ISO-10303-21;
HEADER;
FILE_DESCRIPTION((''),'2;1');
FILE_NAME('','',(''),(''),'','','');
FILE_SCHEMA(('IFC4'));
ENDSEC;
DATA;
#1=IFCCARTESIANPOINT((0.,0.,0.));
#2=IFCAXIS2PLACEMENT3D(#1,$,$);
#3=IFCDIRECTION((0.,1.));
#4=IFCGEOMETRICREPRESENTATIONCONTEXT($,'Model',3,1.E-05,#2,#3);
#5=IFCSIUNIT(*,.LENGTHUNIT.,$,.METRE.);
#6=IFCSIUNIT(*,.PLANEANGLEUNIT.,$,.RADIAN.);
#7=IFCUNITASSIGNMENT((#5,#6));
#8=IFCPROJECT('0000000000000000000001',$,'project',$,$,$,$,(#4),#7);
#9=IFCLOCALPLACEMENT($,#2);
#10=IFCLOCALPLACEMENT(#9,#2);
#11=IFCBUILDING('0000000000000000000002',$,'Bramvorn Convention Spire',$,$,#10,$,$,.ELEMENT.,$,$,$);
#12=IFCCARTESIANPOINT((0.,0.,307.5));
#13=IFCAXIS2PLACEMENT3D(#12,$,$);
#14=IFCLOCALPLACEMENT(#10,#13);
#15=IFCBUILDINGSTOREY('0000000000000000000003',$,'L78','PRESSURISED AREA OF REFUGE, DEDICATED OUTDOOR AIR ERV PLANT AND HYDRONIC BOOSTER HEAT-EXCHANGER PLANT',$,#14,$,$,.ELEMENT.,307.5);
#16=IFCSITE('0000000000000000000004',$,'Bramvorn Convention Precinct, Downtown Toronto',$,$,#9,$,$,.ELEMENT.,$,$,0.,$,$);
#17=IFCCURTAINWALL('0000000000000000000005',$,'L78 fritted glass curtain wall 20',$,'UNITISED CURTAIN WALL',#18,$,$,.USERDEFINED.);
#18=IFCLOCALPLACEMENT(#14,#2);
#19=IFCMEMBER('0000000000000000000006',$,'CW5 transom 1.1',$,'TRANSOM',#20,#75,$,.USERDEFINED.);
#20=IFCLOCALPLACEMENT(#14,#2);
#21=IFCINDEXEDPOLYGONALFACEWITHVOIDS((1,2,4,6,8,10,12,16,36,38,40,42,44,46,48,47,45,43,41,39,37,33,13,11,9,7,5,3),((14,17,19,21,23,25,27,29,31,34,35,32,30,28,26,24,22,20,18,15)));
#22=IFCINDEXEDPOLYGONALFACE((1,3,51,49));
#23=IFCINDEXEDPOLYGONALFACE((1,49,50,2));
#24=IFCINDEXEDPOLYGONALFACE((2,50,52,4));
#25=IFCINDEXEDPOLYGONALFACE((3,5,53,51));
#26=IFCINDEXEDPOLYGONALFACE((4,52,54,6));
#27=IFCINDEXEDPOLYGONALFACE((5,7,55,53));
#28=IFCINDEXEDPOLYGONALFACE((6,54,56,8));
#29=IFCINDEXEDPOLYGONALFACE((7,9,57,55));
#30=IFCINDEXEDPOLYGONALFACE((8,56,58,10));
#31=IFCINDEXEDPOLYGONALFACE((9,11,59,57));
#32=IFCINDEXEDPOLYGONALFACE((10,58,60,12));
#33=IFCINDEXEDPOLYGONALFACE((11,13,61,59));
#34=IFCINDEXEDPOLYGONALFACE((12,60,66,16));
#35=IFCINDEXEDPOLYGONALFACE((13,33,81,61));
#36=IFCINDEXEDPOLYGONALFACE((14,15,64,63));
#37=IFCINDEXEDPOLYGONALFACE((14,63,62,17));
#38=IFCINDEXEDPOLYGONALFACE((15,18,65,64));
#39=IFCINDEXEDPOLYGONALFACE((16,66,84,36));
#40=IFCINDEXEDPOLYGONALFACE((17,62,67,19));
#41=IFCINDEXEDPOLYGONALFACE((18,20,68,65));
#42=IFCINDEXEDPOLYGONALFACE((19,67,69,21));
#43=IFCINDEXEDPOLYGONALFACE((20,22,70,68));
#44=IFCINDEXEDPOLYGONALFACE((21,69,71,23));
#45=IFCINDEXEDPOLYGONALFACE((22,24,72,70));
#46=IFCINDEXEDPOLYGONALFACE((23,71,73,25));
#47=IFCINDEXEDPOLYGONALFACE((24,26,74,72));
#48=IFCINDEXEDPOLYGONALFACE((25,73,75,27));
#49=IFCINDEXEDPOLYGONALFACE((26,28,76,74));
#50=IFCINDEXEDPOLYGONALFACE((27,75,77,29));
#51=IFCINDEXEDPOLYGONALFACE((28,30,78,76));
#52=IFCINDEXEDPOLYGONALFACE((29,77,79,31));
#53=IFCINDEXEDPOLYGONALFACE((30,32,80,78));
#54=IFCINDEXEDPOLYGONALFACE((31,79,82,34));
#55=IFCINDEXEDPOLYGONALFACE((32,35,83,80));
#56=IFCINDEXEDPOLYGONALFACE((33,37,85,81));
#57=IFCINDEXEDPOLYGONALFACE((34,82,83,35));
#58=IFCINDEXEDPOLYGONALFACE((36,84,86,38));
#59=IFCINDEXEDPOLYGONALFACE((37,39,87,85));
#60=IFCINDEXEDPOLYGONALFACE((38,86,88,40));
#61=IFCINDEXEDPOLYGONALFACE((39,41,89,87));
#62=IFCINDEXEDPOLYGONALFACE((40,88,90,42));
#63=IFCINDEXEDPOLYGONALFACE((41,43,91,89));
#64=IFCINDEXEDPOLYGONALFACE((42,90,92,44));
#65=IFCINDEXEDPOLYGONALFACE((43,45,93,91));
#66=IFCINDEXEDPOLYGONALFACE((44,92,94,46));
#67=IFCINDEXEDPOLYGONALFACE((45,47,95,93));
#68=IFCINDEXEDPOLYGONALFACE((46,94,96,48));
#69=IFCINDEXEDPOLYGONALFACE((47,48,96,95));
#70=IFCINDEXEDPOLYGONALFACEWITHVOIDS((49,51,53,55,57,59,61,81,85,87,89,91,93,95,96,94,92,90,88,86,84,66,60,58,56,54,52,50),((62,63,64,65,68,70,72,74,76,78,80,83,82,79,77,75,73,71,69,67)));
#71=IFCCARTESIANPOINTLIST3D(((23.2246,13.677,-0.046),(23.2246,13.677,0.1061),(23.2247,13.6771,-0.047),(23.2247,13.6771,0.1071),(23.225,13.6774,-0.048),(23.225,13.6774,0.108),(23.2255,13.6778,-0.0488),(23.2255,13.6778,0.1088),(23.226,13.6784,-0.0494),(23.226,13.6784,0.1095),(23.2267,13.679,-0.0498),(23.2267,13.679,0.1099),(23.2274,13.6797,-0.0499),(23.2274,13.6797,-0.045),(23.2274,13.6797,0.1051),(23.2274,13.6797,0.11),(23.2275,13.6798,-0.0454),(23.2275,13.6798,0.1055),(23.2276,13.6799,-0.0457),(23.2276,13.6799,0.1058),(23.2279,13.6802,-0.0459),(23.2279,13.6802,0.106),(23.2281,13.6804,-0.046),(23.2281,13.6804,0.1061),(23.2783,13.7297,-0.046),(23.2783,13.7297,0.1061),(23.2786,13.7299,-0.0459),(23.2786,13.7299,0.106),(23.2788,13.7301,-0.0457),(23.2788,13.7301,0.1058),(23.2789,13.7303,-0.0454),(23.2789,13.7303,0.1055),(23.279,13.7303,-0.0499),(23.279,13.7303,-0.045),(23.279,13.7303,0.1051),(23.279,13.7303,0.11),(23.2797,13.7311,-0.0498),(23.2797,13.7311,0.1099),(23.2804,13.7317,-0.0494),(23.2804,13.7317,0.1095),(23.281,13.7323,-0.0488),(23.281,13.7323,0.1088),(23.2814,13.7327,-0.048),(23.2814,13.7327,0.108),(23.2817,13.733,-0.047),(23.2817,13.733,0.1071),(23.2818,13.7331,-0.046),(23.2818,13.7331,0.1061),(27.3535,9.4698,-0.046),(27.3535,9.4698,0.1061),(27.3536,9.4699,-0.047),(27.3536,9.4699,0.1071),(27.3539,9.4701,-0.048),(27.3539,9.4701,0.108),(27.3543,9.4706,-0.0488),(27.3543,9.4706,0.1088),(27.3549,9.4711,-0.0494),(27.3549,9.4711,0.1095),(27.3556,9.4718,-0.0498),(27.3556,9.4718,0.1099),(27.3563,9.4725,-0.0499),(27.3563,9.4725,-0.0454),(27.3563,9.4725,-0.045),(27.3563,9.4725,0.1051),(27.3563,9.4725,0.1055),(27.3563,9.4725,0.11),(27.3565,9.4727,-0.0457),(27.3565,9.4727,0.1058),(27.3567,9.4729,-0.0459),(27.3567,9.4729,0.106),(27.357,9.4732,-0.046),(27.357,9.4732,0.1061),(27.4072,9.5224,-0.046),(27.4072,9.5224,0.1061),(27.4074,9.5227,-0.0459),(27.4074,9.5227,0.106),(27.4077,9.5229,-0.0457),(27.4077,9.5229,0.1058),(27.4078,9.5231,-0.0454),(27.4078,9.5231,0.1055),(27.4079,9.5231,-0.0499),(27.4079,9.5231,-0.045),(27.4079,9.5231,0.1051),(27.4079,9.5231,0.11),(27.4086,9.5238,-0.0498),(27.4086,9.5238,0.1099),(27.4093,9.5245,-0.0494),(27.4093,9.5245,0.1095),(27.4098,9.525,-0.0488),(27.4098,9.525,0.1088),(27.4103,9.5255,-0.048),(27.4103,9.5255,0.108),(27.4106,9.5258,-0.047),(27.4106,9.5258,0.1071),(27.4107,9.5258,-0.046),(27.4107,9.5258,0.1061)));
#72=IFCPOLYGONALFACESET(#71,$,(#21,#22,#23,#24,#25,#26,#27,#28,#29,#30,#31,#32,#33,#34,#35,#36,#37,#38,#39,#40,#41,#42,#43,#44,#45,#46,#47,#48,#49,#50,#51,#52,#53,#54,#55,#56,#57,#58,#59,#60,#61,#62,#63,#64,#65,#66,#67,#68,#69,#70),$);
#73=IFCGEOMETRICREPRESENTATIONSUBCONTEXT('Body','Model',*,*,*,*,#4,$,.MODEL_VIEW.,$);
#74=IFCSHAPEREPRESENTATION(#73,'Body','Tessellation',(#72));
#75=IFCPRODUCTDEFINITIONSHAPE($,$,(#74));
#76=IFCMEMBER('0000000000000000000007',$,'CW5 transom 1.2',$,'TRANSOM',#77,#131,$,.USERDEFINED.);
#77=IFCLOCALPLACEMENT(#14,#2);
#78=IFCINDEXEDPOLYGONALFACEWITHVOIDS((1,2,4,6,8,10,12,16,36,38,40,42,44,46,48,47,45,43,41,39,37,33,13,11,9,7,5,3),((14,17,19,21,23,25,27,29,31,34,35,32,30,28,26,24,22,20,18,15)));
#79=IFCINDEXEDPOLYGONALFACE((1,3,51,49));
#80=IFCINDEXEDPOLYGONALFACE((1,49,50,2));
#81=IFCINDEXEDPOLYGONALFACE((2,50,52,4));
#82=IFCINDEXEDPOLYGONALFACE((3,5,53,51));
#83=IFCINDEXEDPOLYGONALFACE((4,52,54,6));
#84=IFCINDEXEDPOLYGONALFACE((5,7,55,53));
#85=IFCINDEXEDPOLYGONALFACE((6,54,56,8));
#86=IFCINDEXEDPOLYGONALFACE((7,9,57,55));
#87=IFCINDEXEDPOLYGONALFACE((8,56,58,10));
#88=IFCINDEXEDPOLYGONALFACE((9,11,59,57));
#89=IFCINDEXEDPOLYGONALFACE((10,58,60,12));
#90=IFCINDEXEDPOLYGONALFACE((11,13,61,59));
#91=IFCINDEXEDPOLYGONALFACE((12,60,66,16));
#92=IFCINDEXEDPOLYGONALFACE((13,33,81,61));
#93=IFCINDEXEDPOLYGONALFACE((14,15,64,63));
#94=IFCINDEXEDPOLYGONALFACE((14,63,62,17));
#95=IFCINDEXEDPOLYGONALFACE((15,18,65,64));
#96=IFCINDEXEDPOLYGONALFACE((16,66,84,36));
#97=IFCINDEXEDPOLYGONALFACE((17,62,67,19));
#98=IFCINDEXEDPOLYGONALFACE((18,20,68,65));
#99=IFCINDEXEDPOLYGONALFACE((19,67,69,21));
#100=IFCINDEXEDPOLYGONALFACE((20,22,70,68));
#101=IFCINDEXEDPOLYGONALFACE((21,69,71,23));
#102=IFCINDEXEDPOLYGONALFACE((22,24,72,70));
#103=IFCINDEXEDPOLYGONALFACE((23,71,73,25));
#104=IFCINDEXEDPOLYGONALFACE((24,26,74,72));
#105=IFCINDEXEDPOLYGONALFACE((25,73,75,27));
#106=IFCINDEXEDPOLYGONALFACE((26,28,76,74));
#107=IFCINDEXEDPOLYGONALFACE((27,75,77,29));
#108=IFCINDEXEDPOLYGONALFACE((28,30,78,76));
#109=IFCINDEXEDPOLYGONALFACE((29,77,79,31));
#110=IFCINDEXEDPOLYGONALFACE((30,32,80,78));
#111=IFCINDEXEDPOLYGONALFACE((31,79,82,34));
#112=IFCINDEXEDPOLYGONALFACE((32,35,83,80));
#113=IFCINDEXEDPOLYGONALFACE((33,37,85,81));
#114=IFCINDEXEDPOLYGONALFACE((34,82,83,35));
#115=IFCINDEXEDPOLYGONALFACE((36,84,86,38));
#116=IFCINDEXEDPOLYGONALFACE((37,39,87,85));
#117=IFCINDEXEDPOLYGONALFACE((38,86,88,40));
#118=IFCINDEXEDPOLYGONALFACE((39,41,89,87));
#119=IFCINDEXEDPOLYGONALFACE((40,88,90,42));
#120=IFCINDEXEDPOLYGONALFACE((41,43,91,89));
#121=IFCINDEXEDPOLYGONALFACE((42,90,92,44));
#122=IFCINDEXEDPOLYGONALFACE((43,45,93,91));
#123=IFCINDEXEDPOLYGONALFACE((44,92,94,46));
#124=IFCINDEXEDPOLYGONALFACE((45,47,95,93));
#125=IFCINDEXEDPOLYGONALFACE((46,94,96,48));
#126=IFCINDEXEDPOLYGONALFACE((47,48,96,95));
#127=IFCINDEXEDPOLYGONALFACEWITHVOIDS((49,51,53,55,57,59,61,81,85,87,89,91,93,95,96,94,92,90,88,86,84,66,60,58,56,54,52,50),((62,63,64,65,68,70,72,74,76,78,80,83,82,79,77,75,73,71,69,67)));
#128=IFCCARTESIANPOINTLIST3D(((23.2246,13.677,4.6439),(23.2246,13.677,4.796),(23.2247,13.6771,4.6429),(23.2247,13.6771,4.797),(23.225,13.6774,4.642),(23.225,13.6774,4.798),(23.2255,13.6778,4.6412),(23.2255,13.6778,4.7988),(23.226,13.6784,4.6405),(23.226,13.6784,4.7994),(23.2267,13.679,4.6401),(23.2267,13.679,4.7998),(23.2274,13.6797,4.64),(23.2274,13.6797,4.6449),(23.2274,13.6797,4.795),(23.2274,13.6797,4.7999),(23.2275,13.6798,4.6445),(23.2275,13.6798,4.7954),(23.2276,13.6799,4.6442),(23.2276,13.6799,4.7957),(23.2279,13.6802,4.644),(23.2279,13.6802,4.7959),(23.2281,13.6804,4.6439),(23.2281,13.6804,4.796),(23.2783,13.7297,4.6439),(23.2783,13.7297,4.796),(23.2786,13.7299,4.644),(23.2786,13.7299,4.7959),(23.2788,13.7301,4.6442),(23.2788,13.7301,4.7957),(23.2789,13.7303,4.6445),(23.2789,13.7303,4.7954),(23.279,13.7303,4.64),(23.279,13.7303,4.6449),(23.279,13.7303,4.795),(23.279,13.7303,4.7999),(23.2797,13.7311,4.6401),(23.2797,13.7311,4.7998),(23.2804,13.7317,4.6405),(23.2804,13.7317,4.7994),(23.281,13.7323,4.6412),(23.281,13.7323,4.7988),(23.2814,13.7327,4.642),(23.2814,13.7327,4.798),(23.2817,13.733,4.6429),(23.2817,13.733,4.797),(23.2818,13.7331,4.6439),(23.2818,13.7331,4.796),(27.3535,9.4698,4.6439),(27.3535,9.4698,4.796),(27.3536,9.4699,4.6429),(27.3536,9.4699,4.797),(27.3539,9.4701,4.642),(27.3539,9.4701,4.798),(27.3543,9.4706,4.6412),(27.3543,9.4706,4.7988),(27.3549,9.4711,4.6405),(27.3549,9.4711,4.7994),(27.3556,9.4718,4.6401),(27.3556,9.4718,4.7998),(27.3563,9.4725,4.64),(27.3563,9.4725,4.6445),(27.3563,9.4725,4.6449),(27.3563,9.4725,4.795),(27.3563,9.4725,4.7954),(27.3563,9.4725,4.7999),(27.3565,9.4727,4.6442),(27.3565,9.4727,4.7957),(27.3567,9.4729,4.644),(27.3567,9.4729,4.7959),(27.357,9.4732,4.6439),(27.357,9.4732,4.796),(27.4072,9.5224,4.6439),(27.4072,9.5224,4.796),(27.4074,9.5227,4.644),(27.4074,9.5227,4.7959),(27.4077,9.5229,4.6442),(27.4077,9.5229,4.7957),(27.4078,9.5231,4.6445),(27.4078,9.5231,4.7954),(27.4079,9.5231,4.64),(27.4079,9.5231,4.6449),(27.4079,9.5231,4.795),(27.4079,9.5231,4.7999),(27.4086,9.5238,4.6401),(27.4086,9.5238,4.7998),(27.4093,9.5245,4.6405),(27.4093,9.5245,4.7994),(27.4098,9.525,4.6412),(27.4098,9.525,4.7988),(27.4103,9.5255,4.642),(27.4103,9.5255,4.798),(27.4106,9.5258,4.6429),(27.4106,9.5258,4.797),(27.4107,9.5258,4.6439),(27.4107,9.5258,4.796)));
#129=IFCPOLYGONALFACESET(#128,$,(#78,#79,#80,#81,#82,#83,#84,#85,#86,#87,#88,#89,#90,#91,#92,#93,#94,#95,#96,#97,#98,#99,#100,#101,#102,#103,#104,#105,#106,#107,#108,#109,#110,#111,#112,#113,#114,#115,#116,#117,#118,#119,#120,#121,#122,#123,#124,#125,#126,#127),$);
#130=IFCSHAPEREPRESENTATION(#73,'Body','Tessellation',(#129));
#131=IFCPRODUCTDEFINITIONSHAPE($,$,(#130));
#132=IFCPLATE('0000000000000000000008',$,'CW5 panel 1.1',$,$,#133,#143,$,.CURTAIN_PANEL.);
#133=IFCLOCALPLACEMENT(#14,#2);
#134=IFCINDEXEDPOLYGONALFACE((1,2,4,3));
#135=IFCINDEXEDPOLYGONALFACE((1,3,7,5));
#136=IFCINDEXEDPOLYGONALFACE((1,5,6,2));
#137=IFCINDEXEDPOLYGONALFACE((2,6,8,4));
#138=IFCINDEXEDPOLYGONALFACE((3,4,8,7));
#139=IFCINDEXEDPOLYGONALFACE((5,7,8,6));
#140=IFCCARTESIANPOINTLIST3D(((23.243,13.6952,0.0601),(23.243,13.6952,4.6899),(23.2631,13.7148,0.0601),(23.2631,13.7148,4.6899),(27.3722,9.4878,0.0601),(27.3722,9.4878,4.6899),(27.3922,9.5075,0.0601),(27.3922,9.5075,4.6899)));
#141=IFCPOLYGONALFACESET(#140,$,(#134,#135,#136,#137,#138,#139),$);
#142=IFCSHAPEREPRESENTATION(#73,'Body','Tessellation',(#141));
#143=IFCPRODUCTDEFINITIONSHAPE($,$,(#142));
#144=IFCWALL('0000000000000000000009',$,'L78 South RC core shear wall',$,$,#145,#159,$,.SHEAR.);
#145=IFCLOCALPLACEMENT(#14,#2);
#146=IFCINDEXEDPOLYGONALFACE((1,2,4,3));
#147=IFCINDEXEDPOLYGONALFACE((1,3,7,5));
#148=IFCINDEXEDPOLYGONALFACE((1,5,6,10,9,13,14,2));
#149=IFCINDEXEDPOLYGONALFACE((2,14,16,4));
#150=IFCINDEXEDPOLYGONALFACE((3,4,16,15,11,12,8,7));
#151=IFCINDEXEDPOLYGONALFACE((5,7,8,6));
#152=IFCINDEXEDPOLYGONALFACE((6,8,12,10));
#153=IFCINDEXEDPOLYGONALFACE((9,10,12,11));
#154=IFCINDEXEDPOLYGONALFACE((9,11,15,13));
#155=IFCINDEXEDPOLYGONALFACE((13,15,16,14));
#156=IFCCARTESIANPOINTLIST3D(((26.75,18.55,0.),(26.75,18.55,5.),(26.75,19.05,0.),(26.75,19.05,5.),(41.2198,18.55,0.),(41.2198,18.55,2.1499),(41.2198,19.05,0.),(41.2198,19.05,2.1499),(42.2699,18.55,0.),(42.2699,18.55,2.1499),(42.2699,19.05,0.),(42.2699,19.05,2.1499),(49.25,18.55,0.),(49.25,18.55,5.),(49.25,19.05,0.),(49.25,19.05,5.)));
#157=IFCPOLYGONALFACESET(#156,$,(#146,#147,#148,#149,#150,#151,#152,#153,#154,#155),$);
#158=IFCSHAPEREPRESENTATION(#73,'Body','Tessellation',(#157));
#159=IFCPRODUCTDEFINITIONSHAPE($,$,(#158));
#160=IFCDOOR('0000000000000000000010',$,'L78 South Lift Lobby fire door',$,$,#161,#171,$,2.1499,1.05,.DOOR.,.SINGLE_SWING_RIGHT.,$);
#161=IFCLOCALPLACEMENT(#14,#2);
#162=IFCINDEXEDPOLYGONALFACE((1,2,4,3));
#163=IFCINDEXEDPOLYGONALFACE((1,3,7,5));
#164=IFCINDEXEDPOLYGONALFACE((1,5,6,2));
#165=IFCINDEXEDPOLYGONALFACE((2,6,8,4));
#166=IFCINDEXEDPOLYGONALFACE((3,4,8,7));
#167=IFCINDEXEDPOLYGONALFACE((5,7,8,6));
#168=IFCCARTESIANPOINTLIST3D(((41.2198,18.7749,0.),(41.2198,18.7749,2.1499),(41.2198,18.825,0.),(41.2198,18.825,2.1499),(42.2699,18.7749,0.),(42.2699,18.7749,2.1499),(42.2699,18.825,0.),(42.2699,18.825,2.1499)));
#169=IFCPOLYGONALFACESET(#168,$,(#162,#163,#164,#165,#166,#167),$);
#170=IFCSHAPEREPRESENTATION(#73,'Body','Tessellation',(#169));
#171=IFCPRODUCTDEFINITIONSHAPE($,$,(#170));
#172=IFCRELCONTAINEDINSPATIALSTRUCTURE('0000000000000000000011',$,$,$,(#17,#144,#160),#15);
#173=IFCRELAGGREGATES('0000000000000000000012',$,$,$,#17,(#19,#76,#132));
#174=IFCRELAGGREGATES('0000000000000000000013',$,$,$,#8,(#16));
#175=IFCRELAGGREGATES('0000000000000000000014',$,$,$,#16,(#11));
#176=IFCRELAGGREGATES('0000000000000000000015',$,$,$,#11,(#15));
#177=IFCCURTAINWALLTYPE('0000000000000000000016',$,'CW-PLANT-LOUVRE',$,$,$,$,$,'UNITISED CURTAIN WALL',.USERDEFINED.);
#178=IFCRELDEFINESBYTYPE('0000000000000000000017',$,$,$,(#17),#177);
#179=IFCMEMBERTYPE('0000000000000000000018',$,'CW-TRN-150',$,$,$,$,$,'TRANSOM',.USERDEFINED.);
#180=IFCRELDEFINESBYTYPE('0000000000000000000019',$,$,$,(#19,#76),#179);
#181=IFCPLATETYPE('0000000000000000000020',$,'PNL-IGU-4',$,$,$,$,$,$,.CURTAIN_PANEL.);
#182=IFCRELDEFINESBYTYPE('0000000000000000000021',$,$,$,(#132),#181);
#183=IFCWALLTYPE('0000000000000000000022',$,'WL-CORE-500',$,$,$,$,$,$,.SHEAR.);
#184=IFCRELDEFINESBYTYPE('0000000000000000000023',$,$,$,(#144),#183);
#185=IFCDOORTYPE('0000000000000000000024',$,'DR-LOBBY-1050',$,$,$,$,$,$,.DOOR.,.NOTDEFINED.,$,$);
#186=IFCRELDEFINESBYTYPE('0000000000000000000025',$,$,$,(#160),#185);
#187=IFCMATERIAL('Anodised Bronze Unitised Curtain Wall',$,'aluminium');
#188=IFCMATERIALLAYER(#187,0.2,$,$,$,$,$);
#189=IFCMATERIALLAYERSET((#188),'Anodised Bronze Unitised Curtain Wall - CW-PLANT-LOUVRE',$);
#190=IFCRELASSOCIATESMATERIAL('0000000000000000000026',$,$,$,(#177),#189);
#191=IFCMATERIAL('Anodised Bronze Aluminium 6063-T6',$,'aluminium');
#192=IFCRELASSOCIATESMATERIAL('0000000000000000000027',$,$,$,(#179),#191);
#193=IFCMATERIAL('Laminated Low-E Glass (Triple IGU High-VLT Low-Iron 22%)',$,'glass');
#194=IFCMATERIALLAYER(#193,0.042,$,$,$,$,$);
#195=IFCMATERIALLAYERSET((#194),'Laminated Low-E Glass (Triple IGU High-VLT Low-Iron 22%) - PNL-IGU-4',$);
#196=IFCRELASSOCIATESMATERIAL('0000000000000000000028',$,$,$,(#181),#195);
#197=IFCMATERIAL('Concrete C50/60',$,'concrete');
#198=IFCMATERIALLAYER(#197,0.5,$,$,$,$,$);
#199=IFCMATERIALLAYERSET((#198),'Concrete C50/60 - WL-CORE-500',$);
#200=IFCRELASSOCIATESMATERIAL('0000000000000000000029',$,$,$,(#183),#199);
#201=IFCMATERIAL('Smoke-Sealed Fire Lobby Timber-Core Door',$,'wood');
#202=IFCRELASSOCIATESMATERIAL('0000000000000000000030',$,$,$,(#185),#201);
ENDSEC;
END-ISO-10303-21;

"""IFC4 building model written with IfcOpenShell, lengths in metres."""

from ifc_helpers import new_model, si_unit, direction, frame, frame_2d, origin, origin_2d, place, context, subcontext, project, spatial, rectangle, hollow_rectangle, extrude, material, layer, layer_set, material_profile, profile_set, type_object, element, fill, aggregate, save


model = new_model("IFC4")

# Units and contexts
model_context = context("Model", 3, precision=1e-05, world=origin(), true_north=direction((0.0, 1.0)))
body_context = subcontext(model_context, "Body", "Model", "MODEL_VIEW")
ifc_project = project(units=[si_unit("LENGTHUNIT", "METRE"), si_unit("PLANEANGLEUNIT", "RADIAN")], contexts=[model_context])

# Site, building, storey
site_placement = place(None, origin())
site = spatial("IfcSite", under=ifc_project, at=site_placement, Name="Bramvorn Convention Precinct, Downtown Toronto", CompositionType="ELEMENT", RefElevation=0.0)
building_placement = place(site_placement, origin())
building = spatial("IfcBuilding", under=site, at=building_placement, Name="Bramvorn Convention Spire", CompositionType="ELEMENT")
storey_placement = place(building_placement, frame((0.0, 0.0, 307.5)))
storey = spatial("IfcBuildingStorey", under=building, at=storey_placement, Name="L78", Description="PRESSURISED AREA OF REFUGE, DEDICATED OUTDOOR AIR ERV PLANT AND HYDRONIC BOOSTER HEAT-EXCHANGER PLANT", CompositionType="ELEMENT", Elevation=307.5)

# Shared definitions
ifc_material_1 = material(Name="Anodised Bronze Unitised Curtain Wall", Category="aluminium")
ifc_layer_1 = layer(ifc_material_1, 0.2)
ifc_layer_set_1 = layer_set([ifc_layer_1], Name="Anodised Bronze Unitised Curtain Wall - CW-PLANT-LOUVRE")
curtain_wall_type = type_object("IfcCurtainWallType", Name="CW-PLANT-LOUVRE", ElementType="UNITISED CURTAIN WALL", PredefinedType="USERDEFINED", material=ifc_layer_set_1)
ifc_material_2 = material(Name="Anodised Bronze Aluminium 6063-T6", Category="aluminium")

# Curtain wall, members, plate
curtain_wall_1_placement = place(storey_placement, origin())
curtain_wall_1 = element("IfcCurtainWall", 1, at=curtain_wall_1_placement, inside=storey, type_object=curtain_wall_type, Name="L78 fritted glass curtain wall 20", ObjectType="UNITISED CURTAIN WALL", PredefinedType="USERDEFINED")
ifc_material_profile_1 = material_profile(ifc_material_2, hollow_rectangle(XDim=0.0801, YDim=0.1599, WallThickness=0.0039, InnerFilletRadius=0.001, OuterFilletRadius=0.0039, at=origin_2d()))
ifc_profile_set_1 = profile_set([ifc_material_profile_1], Name="Anodised Bronze Aluminium 6063-T6 - CWT80X160")
member_type_1 = type_object("IfcMemberType", Name="CW-TRN-150", ElementType="TRANSOM", PredefinedType="USERDEFINED", material=ifc_profile_set_1)
member_1_placement = place(storey_placement, frame((27.3821, 9.4978, 0.03), z_axis=(-0.700428, 0.713723, 0.0), x_axis=(-0.713723, -0.700428, 0.0)))
member_1 = element("IfcMember", 2, at=member_1_placement, type_object=member_type_1, Name="CW5 transom 1.1", ObjectType="TRANSOM", PredefinedType="USERDEFINED", context=body_context, shape_type="SweptSolid", body=[
    extrude(hollow_rectangle(XDim=0.0801, YDim=0.1599, WallThickness=0.0039, InnerFilletRadius=0.001, OuterFilletRadius=0.0039, at=origin_2d()), origin(), (0.0, 0.0, 1.0), 5.8948),
])
member_2_placement = place(storey_placement, frame((27.3821, 9.4978, 4.72), z_axis=(-0.700428, 0.713723, 0.0), x_axis=(-0.713723, -0.700428, 0.0)))
member_2 = element("IfcMember", 3, at=member_2_placement, type_object=member_type_1, Name="CW5 transom 1.2", ObjectType="TRANSOM", PredefinedType="USERDEFINED", context=body_context, shape_type="SweptSolid", body=[
    extrude(hollow_rectangle(XDim=0.0801, YDim=0.1599, WallThickness=0.0039, InnerFilletRadius=0.001, OuterFilletRadius=0.0039, at=origin_2d()), origin(), (0.0, 0.0, 1.0), 5.8948),
])
ifc_material_3 = material(Name="Laminated Low-E Glass (Triple IGU High-VLT Low-Iron 22%)", Category="glass")
ifc_layer_2 = layer(ifc_material_3, 0.042)
ifc_layer_set_2 = layer_set([ifc_layer_2], Name="Laminated Low-E Glass (Triple IGU High-VLT Low-Iron 22%) - PNL-IGU-4")
plate_type = type_object("IfcPlateType", Name="PNL-IGU-4", PredefinedType="CURTAIN_PANEL", material=ifc_layer_set_2)
plate_placement = place(storey_placement, frame((25.3176, 11.6013, 0.0601), z_axis=(0.0, 0.0, 1.0), x_axis=(-0.700442, 0.713709, 0.0)))
plate = element("IfcPlate", 4, at=plate_placement, type_object=plate_type, Name="CW5 panel 1.1", PredefinedType="CURTAIN_PANEL", context=body_context, shape_type="SweptSolid", body=[
    extrude(rectangle(XDim=5.895, YDim=0.0281, at=origin_2d()), origin(), (0.0, 0.0, 1.0), 4.6299),
])
aggregate(curtain_wall_1, [member_1, member_2, plate])

# Wall, opening, door
ifc_material_4 = material(Name="Concrete C50/60", Category="concrete")
ifc_layer_3 = layer(ifc_material_4, 0.5)
ifc_layer_set_3 = layer_set([ifc_layer_3], Name="Concrete C50/60 - WL-CORE-500")
wall_type_1 = type_object("IfcWallType", Name="WL-CORE-500", PredefinedType="SHEAR", material=ifc_layer_set_3)
wall_1_placement = place(storey_placement, frame((26.75, 18.8, 0.0), z_axis=(0.0, 0.0, 1.0), x_axis=(1.0, 0.0, 0.0)))
wall_1 = element("IfcWall", 5, at=wall_1_placement, inside=storey, type_object=wall_type_1, Name="L78 South RC core shear wall", PredefinedType="SHEAR", context=body_context, shape_type="SweptSolid", body=[
    extrude(rectangle(XDim=22.5, YDim=0.5, at=frame_2d((11.25, 0.0))), origin(), (0.0, 0.0, 1.0), 5.0),
])
opening_1_placement = place(wall_1_placement, frame((14.47, 0.0, 0.0)))
opening_1 = element("IfcOpeningElement", 6, at=opening_1_placement, cuts=wall_1, PredefinedType="OPENING", context=body_context, shape_type="SweptSolid", body=[
    extrude(rectangle(XDim=1.05, YDim=2.1499, at=frame_2d((0.5249, 1.075))), frame((0.0, 0.26, 0.0), z_axis=(0.0, -1.0, 0.0), x_axis=(1.0, 0.0, 0.0)), (0.0, 0.0, 1.0), 0.52),
])
ifc_material_5 = material(Name="Smoke-Sealed Fire Lobby Timber-Core Door", Category="wood")
door_type_1 = type_object("IfcDoorType", Name="DR-LOBBY-1050", OperationType="NOTDEFINED", PredefinedType="DOOR", material=ifc_material_5)
door_1_placement = place(opening_1_placement, origin())
door_1 = element("IfcDoor", 7, at=door_1_placement, inside=storey, type_object=door_type_1, Name="L78 South Lift Lobby fire door", OperationType="SINGLE_SWING_RIGHT", OverallHeight=2.1499, OverallWidth=1.05, PredefinedType="DOOR", context=body_context, shape_type="SweptSolid", body=[
    extrude(rectangle(XDim=1.05, YDim=2.1499, at=frame_2d((0.5249, 1.075))), frame((0.0, 0.0249, 0.0), z_axis=(0.0, -1.0, 0.0), x_axis=(1.0, 0.0, 0.0)), (0.0, 0.0, 1.0), 0.05),
])
fill(opening_1, door_1)

save(model, "model.ifc")
